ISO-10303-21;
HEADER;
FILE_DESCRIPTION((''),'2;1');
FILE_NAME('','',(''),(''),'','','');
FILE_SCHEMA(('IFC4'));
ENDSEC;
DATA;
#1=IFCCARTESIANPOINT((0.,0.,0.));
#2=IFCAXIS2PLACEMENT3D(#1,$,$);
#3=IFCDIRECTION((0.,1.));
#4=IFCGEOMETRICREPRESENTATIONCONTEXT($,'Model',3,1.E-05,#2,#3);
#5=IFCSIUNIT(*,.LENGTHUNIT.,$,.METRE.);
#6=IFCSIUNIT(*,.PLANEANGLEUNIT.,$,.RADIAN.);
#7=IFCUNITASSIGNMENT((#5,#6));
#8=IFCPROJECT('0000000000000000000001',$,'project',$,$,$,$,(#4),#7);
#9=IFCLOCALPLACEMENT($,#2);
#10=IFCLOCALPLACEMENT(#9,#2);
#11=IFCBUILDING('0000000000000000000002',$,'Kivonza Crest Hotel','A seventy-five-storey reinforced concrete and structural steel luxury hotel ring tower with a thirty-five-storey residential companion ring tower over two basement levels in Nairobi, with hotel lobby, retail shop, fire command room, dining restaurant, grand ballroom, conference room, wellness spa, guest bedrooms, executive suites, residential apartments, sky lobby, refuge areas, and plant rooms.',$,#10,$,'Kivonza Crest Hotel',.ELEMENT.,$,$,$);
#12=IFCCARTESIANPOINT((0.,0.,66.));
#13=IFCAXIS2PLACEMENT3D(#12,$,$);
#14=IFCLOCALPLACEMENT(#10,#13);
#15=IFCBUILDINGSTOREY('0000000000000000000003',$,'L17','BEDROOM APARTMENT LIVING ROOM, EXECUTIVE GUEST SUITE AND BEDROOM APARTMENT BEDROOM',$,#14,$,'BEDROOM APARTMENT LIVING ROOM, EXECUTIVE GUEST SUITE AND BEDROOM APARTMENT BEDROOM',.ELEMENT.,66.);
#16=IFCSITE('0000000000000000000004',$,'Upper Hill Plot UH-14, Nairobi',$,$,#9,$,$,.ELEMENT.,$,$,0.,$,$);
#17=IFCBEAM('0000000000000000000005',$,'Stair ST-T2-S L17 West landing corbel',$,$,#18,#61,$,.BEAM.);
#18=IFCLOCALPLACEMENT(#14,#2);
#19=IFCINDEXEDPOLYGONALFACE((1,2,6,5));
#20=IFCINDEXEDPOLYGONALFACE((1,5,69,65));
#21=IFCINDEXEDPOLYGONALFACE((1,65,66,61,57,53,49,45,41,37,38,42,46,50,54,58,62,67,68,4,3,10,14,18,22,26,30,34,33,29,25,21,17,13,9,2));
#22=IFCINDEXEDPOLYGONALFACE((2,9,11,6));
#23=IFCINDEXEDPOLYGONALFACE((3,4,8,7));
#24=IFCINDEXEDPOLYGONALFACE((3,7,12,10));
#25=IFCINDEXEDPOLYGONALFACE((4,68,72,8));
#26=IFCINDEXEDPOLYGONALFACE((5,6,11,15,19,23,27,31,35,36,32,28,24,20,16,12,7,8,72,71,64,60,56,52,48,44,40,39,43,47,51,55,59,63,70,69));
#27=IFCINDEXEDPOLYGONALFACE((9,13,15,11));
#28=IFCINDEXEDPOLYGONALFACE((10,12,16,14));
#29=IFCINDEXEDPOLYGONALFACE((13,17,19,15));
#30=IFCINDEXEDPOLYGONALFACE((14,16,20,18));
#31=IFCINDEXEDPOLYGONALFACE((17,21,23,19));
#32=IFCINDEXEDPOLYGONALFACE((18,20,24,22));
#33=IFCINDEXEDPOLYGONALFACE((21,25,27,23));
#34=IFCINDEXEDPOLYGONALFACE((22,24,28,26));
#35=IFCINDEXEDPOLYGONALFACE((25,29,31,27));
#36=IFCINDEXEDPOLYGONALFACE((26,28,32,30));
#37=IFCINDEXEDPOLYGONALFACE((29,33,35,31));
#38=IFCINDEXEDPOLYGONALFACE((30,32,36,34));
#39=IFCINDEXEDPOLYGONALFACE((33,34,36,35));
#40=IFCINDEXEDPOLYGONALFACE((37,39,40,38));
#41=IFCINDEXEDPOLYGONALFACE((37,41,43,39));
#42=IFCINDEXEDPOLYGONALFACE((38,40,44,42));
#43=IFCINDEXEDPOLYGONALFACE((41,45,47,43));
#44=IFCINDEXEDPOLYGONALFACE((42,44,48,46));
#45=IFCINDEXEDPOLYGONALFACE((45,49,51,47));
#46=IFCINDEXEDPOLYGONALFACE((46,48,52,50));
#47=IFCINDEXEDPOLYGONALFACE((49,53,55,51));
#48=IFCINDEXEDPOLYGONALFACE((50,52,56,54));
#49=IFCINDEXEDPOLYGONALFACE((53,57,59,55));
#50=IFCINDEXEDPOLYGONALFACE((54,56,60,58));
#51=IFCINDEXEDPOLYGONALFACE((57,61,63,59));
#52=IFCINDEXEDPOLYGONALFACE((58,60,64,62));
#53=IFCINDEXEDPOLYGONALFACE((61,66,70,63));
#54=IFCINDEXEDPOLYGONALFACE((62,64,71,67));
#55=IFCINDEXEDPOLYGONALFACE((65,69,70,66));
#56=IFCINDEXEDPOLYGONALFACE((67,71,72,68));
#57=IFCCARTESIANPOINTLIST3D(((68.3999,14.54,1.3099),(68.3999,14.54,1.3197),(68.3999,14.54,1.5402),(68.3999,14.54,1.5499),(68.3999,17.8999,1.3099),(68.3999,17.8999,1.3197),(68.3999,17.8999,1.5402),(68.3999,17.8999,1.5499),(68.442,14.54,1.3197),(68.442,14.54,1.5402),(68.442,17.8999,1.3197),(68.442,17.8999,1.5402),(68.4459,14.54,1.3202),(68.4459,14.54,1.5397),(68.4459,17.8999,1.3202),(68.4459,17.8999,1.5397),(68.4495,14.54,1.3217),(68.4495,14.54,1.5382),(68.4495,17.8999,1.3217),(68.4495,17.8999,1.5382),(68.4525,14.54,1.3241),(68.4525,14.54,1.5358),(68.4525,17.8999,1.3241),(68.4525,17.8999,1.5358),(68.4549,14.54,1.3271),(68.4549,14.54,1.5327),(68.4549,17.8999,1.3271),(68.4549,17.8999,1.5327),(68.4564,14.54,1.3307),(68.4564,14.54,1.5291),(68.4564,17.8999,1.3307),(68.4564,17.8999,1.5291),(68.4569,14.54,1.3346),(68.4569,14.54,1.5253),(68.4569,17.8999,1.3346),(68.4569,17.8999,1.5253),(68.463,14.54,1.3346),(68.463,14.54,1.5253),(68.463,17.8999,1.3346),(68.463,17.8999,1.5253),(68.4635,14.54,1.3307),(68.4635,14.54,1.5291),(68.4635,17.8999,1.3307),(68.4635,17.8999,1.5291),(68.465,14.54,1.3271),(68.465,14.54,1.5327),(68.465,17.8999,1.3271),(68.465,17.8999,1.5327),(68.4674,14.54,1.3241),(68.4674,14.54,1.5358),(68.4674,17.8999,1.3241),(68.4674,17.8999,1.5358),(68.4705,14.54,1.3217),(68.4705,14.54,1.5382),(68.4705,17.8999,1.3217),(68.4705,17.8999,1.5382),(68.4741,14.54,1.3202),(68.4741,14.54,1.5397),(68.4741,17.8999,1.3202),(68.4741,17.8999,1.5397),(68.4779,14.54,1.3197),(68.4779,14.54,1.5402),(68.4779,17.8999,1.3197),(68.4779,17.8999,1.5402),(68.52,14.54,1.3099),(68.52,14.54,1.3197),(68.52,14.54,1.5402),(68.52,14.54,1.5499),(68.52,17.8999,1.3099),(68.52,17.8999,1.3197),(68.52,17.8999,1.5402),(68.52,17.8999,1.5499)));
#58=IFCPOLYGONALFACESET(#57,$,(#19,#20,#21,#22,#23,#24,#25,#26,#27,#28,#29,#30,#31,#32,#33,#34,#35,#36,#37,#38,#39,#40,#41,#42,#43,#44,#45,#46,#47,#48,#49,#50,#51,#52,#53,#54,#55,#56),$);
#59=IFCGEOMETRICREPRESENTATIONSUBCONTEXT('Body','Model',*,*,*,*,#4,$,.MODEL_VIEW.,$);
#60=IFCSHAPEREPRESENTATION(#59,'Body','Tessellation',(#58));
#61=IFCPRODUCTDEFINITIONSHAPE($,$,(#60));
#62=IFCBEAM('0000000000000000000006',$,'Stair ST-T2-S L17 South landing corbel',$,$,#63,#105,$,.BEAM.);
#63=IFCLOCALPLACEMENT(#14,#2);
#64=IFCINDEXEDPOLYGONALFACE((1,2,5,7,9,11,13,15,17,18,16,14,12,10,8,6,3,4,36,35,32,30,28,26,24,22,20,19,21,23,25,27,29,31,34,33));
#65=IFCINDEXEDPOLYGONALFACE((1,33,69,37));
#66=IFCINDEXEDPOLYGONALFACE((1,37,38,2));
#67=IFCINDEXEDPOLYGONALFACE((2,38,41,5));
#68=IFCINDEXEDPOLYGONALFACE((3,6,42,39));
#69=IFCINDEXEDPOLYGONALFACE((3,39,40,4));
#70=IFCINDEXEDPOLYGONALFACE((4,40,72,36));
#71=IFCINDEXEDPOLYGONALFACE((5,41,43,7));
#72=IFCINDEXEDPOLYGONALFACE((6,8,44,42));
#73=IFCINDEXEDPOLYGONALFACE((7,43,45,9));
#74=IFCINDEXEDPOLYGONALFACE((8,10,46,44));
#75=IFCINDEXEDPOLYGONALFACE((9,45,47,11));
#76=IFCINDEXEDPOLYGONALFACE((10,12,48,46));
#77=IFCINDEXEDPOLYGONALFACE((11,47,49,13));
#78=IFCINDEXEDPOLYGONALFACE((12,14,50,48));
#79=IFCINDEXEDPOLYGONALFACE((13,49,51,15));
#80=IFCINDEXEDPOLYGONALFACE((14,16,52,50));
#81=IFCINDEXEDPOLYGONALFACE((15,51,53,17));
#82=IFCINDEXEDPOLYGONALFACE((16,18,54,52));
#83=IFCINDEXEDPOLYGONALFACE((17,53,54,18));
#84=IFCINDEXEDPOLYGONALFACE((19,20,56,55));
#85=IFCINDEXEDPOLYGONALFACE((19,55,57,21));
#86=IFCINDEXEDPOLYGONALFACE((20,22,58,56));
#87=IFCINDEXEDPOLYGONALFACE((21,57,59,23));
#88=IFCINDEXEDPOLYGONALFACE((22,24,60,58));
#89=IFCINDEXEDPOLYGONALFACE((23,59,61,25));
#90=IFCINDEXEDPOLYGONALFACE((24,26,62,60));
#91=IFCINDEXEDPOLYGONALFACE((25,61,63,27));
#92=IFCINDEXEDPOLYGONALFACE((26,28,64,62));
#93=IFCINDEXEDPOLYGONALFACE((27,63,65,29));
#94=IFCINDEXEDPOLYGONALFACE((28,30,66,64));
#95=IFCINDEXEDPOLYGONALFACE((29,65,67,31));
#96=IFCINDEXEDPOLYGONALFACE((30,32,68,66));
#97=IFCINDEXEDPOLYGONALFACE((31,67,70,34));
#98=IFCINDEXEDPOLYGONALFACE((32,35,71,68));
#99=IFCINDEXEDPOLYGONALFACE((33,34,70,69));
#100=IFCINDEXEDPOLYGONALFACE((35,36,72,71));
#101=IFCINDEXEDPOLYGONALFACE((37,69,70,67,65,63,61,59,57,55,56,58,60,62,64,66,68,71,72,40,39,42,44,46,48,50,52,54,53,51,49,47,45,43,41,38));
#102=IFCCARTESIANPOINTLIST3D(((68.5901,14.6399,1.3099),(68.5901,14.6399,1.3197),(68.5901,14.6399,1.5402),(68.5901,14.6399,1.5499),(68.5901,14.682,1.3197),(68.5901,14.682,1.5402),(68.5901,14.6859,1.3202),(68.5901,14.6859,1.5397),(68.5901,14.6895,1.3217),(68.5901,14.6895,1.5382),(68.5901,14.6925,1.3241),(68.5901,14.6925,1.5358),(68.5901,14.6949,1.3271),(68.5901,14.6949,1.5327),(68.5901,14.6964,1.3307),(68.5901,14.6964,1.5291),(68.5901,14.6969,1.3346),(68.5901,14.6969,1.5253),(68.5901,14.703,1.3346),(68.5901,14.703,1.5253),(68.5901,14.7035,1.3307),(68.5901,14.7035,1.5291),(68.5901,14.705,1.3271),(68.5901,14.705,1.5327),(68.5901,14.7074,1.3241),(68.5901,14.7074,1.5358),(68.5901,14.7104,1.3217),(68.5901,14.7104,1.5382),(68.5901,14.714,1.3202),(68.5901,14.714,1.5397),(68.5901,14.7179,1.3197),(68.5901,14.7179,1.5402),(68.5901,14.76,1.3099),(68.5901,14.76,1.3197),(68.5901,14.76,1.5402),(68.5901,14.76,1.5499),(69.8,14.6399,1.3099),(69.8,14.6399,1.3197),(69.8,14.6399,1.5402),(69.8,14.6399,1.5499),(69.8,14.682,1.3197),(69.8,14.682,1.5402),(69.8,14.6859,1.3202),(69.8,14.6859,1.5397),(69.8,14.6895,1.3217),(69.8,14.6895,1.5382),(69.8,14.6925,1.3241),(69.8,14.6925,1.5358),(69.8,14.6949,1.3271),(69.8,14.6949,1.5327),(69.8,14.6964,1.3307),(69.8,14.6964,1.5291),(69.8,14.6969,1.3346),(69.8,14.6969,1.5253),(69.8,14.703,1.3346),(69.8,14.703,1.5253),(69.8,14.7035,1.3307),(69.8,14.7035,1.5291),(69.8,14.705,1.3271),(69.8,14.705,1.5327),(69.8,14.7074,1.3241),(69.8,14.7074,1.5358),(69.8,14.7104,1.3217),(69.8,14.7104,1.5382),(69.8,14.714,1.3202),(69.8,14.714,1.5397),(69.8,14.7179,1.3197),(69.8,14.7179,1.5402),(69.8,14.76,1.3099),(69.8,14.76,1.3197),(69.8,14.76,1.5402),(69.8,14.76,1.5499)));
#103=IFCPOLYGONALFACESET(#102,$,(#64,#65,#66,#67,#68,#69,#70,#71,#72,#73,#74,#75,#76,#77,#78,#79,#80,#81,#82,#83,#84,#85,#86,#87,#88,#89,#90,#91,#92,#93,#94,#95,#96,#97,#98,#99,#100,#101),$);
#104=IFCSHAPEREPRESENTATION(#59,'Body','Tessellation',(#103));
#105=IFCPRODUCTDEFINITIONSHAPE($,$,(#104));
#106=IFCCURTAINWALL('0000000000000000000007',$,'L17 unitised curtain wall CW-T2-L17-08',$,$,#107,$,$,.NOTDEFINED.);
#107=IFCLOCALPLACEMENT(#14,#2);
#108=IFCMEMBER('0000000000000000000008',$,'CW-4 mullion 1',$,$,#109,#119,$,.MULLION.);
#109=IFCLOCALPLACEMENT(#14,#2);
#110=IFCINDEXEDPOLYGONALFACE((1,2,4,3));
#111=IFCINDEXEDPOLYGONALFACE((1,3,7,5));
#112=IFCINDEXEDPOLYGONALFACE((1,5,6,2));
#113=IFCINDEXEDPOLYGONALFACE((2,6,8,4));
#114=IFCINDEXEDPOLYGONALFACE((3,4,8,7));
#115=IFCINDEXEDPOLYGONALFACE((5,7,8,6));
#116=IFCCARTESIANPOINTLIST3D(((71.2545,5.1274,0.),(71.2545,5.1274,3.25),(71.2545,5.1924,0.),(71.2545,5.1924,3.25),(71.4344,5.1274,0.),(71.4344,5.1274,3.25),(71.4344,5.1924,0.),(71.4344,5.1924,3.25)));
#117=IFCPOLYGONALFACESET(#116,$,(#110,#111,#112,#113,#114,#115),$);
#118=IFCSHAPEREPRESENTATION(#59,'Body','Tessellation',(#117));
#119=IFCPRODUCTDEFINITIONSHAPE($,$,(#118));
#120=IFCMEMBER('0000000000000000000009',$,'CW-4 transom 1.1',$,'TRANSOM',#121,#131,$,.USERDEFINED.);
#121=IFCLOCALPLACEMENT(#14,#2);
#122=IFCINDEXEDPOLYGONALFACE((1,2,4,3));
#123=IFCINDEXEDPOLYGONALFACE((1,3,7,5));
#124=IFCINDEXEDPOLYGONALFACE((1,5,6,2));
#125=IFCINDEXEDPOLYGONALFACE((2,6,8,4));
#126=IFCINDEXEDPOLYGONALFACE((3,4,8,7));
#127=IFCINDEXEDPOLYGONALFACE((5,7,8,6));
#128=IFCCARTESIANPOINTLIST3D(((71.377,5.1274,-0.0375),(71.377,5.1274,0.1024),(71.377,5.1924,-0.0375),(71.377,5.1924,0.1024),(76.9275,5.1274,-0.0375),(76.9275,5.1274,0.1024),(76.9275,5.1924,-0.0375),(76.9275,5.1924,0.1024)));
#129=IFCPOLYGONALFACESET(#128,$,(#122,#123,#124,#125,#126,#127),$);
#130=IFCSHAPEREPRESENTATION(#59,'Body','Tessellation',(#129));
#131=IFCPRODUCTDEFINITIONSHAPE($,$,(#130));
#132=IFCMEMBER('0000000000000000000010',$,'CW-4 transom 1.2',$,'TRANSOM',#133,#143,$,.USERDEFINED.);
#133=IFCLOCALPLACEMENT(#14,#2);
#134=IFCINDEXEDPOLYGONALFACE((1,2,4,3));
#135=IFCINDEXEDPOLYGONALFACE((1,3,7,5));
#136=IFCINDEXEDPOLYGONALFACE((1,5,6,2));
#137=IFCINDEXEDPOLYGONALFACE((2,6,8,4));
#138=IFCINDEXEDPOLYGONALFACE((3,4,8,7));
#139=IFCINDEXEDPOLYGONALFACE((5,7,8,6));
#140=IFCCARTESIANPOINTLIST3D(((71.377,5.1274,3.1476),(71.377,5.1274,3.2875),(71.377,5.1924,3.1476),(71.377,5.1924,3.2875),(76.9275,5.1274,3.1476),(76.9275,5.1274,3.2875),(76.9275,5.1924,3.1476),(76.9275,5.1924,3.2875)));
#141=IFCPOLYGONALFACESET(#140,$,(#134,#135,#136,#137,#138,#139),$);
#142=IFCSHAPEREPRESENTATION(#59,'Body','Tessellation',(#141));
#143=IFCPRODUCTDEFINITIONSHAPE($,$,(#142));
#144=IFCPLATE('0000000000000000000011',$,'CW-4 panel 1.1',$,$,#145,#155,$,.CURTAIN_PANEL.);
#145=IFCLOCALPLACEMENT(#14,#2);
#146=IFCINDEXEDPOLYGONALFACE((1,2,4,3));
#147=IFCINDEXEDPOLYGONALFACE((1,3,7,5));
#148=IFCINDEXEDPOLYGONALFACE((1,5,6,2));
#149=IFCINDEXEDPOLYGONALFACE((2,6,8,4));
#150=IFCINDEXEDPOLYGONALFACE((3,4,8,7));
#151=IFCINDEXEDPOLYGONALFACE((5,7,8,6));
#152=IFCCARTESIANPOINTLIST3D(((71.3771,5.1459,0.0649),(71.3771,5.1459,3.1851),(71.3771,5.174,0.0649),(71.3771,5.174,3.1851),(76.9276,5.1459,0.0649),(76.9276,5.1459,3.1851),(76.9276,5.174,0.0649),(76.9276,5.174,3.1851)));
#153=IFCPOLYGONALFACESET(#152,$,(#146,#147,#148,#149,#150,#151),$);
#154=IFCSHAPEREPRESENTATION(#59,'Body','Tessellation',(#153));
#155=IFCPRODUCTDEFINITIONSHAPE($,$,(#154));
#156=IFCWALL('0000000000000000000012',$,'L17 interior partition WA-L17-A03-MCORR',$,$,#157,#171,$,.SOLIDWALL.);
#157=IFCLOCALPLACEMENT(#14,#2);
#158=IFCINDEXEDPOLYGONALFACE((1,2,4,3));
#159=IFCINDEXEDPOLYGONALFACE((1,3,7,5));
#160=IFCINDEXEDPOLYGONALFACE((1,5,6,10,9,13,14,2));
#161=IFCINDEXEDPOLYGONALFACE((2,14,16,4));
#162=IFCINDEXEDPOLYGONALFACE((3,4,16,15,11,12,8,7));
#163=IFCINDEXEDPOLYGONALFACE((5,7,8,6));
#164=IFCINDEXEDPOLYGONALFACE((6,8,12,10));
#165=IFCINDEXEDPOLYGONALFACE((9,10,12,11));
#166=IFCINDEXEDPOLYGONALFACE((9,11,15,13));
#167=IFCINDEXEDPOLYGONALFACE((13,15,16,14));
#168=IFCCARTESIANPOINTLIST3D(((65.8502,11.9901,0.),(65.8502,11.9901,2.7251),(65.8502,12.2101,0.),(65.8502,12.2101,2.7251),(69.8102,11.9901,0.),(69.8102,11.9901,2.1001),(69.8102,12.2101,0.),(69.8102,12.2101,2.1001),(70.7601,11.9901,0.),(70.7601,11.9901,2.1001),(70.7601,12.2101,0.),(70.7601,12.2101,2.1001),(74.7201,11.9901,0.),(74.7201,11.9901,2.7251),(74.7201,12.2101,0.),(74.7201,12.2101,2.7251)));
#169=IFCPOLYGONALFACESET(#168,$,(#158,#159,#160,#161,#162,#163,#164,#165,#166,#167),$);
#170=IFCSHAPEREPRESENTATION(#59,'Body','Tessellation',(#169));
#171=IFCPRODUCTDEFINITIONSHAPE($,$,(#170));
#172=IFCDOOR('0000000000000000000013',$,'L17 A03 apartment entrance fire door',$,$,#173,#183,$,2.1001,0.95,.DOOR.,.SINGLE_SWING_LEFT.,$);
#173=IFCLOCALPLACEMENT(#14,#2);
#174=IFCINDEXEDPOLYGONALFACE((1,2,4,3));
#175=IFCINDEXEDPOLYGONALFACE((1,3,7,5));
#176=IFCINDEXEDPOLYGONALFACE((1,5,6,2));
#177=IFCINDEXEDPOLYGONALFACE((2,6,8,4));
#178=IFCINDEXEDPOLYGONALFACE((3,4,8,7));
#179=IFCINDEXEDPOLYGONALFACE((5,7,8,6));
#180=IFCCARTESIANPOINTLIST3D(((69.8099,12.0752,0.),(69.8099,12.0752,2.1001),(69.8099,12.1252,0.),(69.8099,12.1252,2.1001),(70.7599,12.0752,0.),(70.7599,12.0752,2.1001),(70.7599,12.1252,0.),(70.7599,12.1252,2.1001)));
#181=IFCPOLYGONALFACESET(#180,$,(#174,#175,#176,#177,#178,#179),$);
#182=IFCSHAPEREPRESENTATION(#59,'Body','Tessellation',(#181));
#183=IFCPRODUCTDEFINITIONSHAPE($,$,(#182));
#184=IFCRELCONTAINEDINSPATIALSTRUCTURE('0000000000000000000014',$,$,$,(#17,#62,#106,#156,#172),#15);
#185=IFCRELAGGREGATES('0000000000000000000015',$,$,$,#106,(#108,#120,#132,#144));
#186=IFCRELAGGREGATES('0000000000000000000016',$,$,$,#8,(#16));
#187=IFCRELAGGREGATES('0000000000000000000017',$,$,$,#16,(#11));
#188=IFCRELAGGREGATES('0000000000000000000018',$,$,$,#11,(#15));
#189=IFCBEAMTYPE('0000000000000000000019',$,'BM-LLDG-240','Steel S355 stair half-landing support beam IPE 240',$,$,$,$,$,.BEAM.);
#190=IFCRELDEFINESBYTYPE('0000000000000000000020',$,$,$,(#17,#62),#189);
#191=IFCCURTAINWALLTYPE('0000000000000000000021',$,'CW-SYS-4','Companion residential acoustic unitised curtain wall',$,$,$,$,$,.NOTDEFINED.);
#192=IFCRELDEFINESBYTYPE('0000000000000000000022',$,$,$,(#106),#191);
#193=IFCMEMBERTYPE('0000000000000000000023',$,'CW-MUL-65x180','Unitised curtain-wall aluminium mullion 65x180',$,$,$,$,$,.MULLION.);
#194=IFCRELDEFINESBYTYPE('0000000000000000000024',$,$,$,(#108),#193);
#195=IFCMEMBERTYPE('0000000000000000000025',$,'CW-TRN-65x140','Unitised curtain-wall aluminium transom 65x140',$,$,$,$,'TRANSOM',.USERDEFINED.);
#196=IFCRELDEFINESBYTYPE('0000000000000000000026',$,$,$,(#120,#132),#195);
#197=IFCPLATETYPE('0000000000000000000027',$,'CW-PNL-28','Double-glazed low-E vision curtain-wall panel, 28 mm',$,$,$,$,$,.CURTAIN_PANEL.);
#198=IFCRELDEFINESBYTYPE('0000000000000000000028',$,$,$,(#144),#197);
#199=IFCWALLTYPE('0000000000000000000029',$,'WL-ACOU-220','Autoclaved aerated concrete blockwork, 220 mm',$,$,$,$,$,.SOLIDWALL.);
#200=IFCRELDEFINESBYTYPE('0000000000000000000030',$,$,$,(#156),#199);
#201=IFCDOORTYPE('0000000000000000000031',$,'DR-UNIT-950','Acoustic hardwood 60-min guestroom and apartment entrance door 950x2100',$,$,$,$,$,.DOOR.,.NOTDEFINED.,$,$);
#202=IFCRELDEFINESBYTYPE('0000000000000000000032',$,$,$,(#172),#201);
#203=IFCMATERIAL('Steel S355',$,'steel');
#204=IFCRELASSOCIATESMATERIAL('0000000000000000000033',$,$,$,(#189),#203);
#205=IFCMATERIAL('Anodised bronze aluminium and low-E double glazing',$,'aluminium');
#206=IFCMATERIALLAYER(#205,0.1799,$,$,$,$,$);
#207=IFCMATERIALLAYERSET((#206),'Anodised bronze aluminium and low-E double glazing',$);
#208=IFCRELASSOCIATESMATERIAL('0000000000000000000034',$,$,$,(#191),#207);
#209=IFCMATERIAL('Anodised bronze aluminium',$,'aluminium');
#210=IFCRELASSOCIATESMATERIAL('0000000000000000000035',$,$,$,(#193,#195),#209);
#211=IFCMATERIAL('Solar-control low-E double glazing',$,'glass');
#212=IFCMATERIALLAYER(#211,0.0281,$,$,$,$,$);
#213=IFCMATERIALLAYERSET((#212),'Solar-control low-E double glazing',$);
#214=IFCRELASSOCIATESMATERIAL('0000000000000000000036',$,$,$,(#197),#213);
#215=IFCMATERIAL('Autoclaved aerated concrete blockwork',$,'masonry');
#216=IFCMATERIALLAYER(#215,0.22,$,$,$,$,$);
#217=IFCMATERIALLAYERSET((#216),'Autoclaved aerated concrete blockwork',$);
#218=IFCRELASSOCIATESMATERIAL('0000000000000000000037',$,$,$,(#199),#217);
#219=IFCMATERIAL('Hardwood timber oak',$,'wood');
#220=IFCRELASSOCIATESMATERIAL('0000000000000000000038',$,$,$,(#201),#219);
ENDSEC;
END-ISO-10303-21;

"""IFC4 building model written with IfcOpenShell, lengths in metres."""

from ifc_helpers import new_model, si_unit, direction, frame, frame_2d, origin, origin_2d, place, context, subcontext, project, spatial, rectangle, i_section, extrude, material, layer, layer_set, material_profile, profile_set, type_object, element, fill, aggregate, save


model = new_model("IFC4")

# Units and contexts
model_context = context("Model", 3, precision=1e-05, world=origin(), true_north=direction((0.0, 1.0)))
body_context = subcontext(model_context, "Body", "Model", "MODEL_VIEW")
ifc_project = project(units=[si_unit("LENGTHUNIT", "METRE"), si_unit("PLANEANGLEUNIT", "RADIAN")], contexts=[model_context])

# Site, building, storey
site_placement = place(None, origin())
site = spatial("IfcSite", under=ifc_project, at=site_placement, Name="Upper Hill Plot UH-14, Nairobi", CompositionType="ELEMENT", RefElevation=0.0)
building_placement = place(site_placement, origin())
building = spatial("IfcBuilding", under=site, at=building_placement, Name="Kivonza Crest Hotel", Description="A seventy-five-storey reinforced concrete and structural steel luxury hotel ring tower with a thirty-five-storey residential companion ring tower over two basement levels in Nairobi, with hotel lobby, retail shop, fire command room, dining restaurant, grand ballroom, conference room, wellness spa, guest bedrooms, executive suites, residential apartments, sky lobby, refuge areas, and plant rooms.", LongName="Kivonza Crest Hotel", CompositionType="ELEMENT")
storey_placement = place(building_placement, frame((0.0, 0.0, 66.0)))
storey = spatial("IfcBuildingStorey", under=building, at=storey_placement, Name="L17", Description="BEDROOM APARTMENT LIVING ROOM, EXECUTIVE GUEST SUITE AND BEDROOM APARTMENT BEDROOM", LongName="BEDROOM APARTMENT LIVING ROOM, EXECUTIVE GUEST SUITE AND BEDROOM APARTMENT BEDROOM", CompositionType="ELEMENT", Elevation=66.0)

# Beams
ifc_material_1 = material(Name="Steel S355", Category="steel")
ifc_material_profile_1 = material_profile(ifc_material_1, i_section(OverallWidth=0.1201, OverallDepth=0.24, WebThickness=0.0061, FlangeThickness=0.0098, FilletRadius=0.0149, at=origin_2d()), Name="IPE 240")
ifc_profile_set_1 = profile_set([ifc_material_profile_1], Name="Steel S355")
beam_type_1 = type_object("IfcBeamType", Name="BM-LLDG-240", Description="Steel S355 stair half-landing support beam IPE 240", PredefinedType="BEAM", material=ifc_profile_set_1)
beam_1_placement = place(storey_placement, frame((68.46, 14.54, 1.4299), z_axis=(0.0, 1.0, 0.0), x_axis=(-1.0, 0.0, 0.0)))
element("IfcBeam", 1, at=beam_1_placement, inside=storey, type_object=beam_type_1, Name="Stair ST-T2-S L17 West landing corbel", PredefinedType="BEAM", context=body_context, shape_type="SweptSolid", body=[
    extrude(i_section(OverallWidth=0.1201, OverallDepth=0.24, WebThickness=0.0061, FlangeThickness=0.0098, FilletRadius=0.0149, at=origin_2d()), origin(), (0.0, 0.0, 1.0), 3.3599),
])
beam_2_placement = place(storey_placement, frame((68.5901, 14.7, 1.4299), z_axis=(1.0, 0.0, 0.0), x_axis=(0.0, 1.0, 0.0)))
element("IfcBeam", 2, at=beam_2_placement, inside=storey, type_object=beam_type_1, Name="Stair ST-T2-S L17 South landing corbel", PredefinedType="BEAM", context=body_context, shape_type="SweptSolid", body=[
    extrude(i_section(OverallWidth=0.1201, OverallDepth=0.24, WebThickness=0.0061, FlangeThickness=0.0098, FilletRadius=0.0149, at=origin_2d()), origin(), (0.0, 0.0, 1.0), 1.21),
])

# Curtain wall, members, plate
ifc_material_2 = material(Name="Anodised bronze aluminium and low-E double glazing", Category="aluminium")
ifc_layer_1 = layer(ifc_material_2, 0.1799)
ifc_layer_set_1 = layer_set([ifc_layer_1], Name="Anodised bronze aluminium and low-E double glazing")
curtain_wall_type = type_object("IfcCurtainWallType", Name="CW-SYS-4", Description="Companion residential acoustic unitised curtain wall", PredefinedType="NOTDEFINED", material=ifc_layer_set_1)
curtain_wall_placement = place(storey_placement, origin())
curtain_wall = element("IfcCurtainWall", 3, at=curtain_wall_placement, inside=storey, type_object=curtain_wall_type, Name="L17 unitised curtain wall CW-T2-L17-08", PredefinedType="NOTDEFINED")
ifc_material_3 = material(Name="Anodised bronze aluminium", Category="aluminium")
ifc_material_profile_2 = material_profile(ifc_material_3, rectangle(XDim=0.0649, YDim=0.1799, at=origin_2d()), Name="CW-M 65x180")
ifc_profile_set_2 = profile_set([ifc_material_profile_2], Name="Anodised bronze aluminium")
member_type_1 = type_object("IfcMemberType", Name="CW-MUL-65x180", Description="Unitised curtain-wall aluminium mullion 65x180", PredefinedType="MULLION", material=ifc_profile_set_2)
member_1_placement = place(storey_placement, frame((71.3445, 5.1599, 0.0), z_axis=(0.0, 0.0, 1.0), x_axis=(0.0, 1.0, 0.0)))
member_1 = element("IfcMember", 4, at=member_1_placement, type_object=member_type_1, Name="CW-4 mullion 1", PredefinedType="MULLION", context=body_context, shape_type="SweptSolid", body=[
    extrude(rectangle(XDim=0.0649, YDim=0.1799, at=origin_2d()), origin(), (0.0, 0.0, 1.0), 3.25),
])
ifc_material_profile_3 = material_profile(ifc_material_3, rectangle(XDim=0.0649, YDim=0.1399, at=origin_2d()), Name="CW-T 65x140")
ifc_profile_set_3 = profile_set([ifc_material_profile_3], Name="Anodised bronze aluminium")
member_type_2 = type_object("IfcMemberType", Name="CW-TRN-65x140", Description="Unitised curtain-wall aluminium transom 65x140", ElementType="TRANSOM", PredefinedType="USERDEFINED", material=ifc_profile_set_3)
member_2_placement = place(storey_placement, frame((71.377, 5.1599, 0.0325), z_axis=(1.0, 0.0, 0.0), x_axis=(0.0, 1.0, 0.0)))
member_2 = element("IfcMember", 5, at=member_2_placement, type_object=member_type_2, Name="CW-4 transom 1.1", ObjectType="TRANSOM", PredefinedType="USERDEFINED", context=body_context, shape_type="SweptSolid", body=[
    extrude(rectangle(XDim=0.0649, YDim=0.1399, at=origin_2d()), origin(), (0.0, 0.0, 1.0), 5.5505),
])
member_3_placement = place(storey_placement, frame((71.377, 5.1599, 3.2175), z_axis=(1.0, 0.0, 0.0), x_axis=(0.0, 1.0, 0.0)))
member_3 = element("IfcMember", 6, at=member_3_placement, type_object=member_type_2, Name="CW-4 transom 1.2", ObjectType="TRANSOM", PredefinedType="USERDEFINED", context=body_context, shape_type="SweptSolid", body=[
    extrude(rectangle(XDim=0.0649, YDim=0.1399, at=origin_2d()), origin(), (0.0, 0.0, 1.0), 5.5505),
])
ifc_material_4 = material(Name="Solar-control low-E double glazing", Category="glass")
ifc_layer_2 = layer(ifc_material_4, 0.0281)
ifc_layer_set_2 = layer_set([ifc_layer_2], Name="Solar-control low-E double glazing")
plate_type = type_object("IfcPlateType", Name="CW-PNL-28", Description="Double-glazed low-E vision curtain-wall panel, 28 mm", PredefinedType="CURTAIN_PANEL", material=ifc_layer_set_2)
plate_placement = place(storey_placement, frame((74.1523, 5.1599, 0.0649), z_axis=(0.0, 0.0, 1.0), x_axis=(1.0, 0.0, 0.0)))
plate = element("IfcPlate", 7, at=plate_placement, type_object=plate_type, Name="CW-4 panel 1.1", PredefinedType="CURTAIN_PANEL", context=body_context, shape_type="SweptSolid", body=[
    extrude(rectangle(XDim=5.5505, YDim=0.0281, at=origin_2d()), origin(), (0.0, 0.0, 1.0), 3.1201),
])
aggregate(curtain_wall, [member_1, member_2, member_3, plate])

# Wall, opening, door
ifc_material_5 = material(Name="Autoclaved aerated concrete blockwork", Category="masonry")
ifc_layer_3 = layer(ifc_material_5, 0.22)
ifc_layer_set_3 = layer_set([ifc_layer_3], Name="Autoclaved aerated concrete blockwork")
wall_type_1 = type_object("IfcWallType", Name="WL-ACOU-220", Description="Autoclaved aerated concrete blockwork, 220 mm", PredefinedType="SOLIDWALL", material=ifc_layer_set_3)
wall_1_placement = place(storey_placement, frame((65.8501, 12.1001, 0.0), z_axis=(0.0, 0.0, 1.0), x_axis=(1.0, 0.0, 0.0)))
wall_1 = element("IfcWall", 8, at=wall_1_placement, inside=storey, type_object=wall_type_1, Name="L17 interior partition WA-L17-A03-MCORR", PredefinedType="SOLIDWALL", context=body_context, shape_type="SweptSolid", body=[
    extrude(rectangle(XDim=8.8699, YDim=0.22, at=frame_2d((4.4351, 0.0))), origin(), (0.0, 0.0, 1.0), 2.7251),
])
opening_1_placement = place(wall_1_placement, frame((3.96, 0.0, 0.0)))
opening_1 = element("IfcOpeningElement", 9, at=opening_1_placement, cuts=wall_1, PredefinedType="OPENING", context=body_context, shape_type="SweptSolid", body=[
    extrude(rectangle(XDim=0.95, YDim=2.1001, at=frame_2d((0.4751, 1.05))), frame((0.0, 0.1201, 0.0), z_axis=(0.0, -1.0, 0.0), x_axis=(1.0, 0.0, 0.0)), (0.0, 0.0, 1.0), 0.24),
])
ifc_material_6 = material(Name="Hardwood timber oak", Category="wood")
door_type_1 = type_object("IfcDoorType", Name="DR-UNIT-950", Description="Acoustic hardwood 60-min guestroom and apartment entrance door 950x2100", OperationType="NOTDEFINED", PredefinedType="DOOR", material=ifc_material_6)
door_1_placement = place(opening_1_placement, frame((0.95, 0.0, 0.0), z_axis=(0.0, 0.0, 1.0), x_axis=(-1.0, 0.0, 0.0)))
door_1 = element("IfcDoor", 10, at=door_1_placement, inside=storey, type_object=door_type_1, Name="L17 A03 apartment entrance fire door", OperationType="SINGLE_SWING_LEFT", OverallHeight=2.1001, OverallWidth=0.95, PredefinedType="DOOR", context=body_context, shape_type="SweptSolid", body=[
    extrude(rectangle(XDim=0.95, YDim=2.1001, at=frame_2d((0.4751, 1.05))), frame((0.0, 0.0249, 0.0), z_axis=(0.0, -1.0, 0.0), x_axis=(1.0, 0.0, 0.0)), (0.0, 0.0, 1.0), 0.05),
])
fill(opening_1, door_1)

save(model, "model.ifc")
